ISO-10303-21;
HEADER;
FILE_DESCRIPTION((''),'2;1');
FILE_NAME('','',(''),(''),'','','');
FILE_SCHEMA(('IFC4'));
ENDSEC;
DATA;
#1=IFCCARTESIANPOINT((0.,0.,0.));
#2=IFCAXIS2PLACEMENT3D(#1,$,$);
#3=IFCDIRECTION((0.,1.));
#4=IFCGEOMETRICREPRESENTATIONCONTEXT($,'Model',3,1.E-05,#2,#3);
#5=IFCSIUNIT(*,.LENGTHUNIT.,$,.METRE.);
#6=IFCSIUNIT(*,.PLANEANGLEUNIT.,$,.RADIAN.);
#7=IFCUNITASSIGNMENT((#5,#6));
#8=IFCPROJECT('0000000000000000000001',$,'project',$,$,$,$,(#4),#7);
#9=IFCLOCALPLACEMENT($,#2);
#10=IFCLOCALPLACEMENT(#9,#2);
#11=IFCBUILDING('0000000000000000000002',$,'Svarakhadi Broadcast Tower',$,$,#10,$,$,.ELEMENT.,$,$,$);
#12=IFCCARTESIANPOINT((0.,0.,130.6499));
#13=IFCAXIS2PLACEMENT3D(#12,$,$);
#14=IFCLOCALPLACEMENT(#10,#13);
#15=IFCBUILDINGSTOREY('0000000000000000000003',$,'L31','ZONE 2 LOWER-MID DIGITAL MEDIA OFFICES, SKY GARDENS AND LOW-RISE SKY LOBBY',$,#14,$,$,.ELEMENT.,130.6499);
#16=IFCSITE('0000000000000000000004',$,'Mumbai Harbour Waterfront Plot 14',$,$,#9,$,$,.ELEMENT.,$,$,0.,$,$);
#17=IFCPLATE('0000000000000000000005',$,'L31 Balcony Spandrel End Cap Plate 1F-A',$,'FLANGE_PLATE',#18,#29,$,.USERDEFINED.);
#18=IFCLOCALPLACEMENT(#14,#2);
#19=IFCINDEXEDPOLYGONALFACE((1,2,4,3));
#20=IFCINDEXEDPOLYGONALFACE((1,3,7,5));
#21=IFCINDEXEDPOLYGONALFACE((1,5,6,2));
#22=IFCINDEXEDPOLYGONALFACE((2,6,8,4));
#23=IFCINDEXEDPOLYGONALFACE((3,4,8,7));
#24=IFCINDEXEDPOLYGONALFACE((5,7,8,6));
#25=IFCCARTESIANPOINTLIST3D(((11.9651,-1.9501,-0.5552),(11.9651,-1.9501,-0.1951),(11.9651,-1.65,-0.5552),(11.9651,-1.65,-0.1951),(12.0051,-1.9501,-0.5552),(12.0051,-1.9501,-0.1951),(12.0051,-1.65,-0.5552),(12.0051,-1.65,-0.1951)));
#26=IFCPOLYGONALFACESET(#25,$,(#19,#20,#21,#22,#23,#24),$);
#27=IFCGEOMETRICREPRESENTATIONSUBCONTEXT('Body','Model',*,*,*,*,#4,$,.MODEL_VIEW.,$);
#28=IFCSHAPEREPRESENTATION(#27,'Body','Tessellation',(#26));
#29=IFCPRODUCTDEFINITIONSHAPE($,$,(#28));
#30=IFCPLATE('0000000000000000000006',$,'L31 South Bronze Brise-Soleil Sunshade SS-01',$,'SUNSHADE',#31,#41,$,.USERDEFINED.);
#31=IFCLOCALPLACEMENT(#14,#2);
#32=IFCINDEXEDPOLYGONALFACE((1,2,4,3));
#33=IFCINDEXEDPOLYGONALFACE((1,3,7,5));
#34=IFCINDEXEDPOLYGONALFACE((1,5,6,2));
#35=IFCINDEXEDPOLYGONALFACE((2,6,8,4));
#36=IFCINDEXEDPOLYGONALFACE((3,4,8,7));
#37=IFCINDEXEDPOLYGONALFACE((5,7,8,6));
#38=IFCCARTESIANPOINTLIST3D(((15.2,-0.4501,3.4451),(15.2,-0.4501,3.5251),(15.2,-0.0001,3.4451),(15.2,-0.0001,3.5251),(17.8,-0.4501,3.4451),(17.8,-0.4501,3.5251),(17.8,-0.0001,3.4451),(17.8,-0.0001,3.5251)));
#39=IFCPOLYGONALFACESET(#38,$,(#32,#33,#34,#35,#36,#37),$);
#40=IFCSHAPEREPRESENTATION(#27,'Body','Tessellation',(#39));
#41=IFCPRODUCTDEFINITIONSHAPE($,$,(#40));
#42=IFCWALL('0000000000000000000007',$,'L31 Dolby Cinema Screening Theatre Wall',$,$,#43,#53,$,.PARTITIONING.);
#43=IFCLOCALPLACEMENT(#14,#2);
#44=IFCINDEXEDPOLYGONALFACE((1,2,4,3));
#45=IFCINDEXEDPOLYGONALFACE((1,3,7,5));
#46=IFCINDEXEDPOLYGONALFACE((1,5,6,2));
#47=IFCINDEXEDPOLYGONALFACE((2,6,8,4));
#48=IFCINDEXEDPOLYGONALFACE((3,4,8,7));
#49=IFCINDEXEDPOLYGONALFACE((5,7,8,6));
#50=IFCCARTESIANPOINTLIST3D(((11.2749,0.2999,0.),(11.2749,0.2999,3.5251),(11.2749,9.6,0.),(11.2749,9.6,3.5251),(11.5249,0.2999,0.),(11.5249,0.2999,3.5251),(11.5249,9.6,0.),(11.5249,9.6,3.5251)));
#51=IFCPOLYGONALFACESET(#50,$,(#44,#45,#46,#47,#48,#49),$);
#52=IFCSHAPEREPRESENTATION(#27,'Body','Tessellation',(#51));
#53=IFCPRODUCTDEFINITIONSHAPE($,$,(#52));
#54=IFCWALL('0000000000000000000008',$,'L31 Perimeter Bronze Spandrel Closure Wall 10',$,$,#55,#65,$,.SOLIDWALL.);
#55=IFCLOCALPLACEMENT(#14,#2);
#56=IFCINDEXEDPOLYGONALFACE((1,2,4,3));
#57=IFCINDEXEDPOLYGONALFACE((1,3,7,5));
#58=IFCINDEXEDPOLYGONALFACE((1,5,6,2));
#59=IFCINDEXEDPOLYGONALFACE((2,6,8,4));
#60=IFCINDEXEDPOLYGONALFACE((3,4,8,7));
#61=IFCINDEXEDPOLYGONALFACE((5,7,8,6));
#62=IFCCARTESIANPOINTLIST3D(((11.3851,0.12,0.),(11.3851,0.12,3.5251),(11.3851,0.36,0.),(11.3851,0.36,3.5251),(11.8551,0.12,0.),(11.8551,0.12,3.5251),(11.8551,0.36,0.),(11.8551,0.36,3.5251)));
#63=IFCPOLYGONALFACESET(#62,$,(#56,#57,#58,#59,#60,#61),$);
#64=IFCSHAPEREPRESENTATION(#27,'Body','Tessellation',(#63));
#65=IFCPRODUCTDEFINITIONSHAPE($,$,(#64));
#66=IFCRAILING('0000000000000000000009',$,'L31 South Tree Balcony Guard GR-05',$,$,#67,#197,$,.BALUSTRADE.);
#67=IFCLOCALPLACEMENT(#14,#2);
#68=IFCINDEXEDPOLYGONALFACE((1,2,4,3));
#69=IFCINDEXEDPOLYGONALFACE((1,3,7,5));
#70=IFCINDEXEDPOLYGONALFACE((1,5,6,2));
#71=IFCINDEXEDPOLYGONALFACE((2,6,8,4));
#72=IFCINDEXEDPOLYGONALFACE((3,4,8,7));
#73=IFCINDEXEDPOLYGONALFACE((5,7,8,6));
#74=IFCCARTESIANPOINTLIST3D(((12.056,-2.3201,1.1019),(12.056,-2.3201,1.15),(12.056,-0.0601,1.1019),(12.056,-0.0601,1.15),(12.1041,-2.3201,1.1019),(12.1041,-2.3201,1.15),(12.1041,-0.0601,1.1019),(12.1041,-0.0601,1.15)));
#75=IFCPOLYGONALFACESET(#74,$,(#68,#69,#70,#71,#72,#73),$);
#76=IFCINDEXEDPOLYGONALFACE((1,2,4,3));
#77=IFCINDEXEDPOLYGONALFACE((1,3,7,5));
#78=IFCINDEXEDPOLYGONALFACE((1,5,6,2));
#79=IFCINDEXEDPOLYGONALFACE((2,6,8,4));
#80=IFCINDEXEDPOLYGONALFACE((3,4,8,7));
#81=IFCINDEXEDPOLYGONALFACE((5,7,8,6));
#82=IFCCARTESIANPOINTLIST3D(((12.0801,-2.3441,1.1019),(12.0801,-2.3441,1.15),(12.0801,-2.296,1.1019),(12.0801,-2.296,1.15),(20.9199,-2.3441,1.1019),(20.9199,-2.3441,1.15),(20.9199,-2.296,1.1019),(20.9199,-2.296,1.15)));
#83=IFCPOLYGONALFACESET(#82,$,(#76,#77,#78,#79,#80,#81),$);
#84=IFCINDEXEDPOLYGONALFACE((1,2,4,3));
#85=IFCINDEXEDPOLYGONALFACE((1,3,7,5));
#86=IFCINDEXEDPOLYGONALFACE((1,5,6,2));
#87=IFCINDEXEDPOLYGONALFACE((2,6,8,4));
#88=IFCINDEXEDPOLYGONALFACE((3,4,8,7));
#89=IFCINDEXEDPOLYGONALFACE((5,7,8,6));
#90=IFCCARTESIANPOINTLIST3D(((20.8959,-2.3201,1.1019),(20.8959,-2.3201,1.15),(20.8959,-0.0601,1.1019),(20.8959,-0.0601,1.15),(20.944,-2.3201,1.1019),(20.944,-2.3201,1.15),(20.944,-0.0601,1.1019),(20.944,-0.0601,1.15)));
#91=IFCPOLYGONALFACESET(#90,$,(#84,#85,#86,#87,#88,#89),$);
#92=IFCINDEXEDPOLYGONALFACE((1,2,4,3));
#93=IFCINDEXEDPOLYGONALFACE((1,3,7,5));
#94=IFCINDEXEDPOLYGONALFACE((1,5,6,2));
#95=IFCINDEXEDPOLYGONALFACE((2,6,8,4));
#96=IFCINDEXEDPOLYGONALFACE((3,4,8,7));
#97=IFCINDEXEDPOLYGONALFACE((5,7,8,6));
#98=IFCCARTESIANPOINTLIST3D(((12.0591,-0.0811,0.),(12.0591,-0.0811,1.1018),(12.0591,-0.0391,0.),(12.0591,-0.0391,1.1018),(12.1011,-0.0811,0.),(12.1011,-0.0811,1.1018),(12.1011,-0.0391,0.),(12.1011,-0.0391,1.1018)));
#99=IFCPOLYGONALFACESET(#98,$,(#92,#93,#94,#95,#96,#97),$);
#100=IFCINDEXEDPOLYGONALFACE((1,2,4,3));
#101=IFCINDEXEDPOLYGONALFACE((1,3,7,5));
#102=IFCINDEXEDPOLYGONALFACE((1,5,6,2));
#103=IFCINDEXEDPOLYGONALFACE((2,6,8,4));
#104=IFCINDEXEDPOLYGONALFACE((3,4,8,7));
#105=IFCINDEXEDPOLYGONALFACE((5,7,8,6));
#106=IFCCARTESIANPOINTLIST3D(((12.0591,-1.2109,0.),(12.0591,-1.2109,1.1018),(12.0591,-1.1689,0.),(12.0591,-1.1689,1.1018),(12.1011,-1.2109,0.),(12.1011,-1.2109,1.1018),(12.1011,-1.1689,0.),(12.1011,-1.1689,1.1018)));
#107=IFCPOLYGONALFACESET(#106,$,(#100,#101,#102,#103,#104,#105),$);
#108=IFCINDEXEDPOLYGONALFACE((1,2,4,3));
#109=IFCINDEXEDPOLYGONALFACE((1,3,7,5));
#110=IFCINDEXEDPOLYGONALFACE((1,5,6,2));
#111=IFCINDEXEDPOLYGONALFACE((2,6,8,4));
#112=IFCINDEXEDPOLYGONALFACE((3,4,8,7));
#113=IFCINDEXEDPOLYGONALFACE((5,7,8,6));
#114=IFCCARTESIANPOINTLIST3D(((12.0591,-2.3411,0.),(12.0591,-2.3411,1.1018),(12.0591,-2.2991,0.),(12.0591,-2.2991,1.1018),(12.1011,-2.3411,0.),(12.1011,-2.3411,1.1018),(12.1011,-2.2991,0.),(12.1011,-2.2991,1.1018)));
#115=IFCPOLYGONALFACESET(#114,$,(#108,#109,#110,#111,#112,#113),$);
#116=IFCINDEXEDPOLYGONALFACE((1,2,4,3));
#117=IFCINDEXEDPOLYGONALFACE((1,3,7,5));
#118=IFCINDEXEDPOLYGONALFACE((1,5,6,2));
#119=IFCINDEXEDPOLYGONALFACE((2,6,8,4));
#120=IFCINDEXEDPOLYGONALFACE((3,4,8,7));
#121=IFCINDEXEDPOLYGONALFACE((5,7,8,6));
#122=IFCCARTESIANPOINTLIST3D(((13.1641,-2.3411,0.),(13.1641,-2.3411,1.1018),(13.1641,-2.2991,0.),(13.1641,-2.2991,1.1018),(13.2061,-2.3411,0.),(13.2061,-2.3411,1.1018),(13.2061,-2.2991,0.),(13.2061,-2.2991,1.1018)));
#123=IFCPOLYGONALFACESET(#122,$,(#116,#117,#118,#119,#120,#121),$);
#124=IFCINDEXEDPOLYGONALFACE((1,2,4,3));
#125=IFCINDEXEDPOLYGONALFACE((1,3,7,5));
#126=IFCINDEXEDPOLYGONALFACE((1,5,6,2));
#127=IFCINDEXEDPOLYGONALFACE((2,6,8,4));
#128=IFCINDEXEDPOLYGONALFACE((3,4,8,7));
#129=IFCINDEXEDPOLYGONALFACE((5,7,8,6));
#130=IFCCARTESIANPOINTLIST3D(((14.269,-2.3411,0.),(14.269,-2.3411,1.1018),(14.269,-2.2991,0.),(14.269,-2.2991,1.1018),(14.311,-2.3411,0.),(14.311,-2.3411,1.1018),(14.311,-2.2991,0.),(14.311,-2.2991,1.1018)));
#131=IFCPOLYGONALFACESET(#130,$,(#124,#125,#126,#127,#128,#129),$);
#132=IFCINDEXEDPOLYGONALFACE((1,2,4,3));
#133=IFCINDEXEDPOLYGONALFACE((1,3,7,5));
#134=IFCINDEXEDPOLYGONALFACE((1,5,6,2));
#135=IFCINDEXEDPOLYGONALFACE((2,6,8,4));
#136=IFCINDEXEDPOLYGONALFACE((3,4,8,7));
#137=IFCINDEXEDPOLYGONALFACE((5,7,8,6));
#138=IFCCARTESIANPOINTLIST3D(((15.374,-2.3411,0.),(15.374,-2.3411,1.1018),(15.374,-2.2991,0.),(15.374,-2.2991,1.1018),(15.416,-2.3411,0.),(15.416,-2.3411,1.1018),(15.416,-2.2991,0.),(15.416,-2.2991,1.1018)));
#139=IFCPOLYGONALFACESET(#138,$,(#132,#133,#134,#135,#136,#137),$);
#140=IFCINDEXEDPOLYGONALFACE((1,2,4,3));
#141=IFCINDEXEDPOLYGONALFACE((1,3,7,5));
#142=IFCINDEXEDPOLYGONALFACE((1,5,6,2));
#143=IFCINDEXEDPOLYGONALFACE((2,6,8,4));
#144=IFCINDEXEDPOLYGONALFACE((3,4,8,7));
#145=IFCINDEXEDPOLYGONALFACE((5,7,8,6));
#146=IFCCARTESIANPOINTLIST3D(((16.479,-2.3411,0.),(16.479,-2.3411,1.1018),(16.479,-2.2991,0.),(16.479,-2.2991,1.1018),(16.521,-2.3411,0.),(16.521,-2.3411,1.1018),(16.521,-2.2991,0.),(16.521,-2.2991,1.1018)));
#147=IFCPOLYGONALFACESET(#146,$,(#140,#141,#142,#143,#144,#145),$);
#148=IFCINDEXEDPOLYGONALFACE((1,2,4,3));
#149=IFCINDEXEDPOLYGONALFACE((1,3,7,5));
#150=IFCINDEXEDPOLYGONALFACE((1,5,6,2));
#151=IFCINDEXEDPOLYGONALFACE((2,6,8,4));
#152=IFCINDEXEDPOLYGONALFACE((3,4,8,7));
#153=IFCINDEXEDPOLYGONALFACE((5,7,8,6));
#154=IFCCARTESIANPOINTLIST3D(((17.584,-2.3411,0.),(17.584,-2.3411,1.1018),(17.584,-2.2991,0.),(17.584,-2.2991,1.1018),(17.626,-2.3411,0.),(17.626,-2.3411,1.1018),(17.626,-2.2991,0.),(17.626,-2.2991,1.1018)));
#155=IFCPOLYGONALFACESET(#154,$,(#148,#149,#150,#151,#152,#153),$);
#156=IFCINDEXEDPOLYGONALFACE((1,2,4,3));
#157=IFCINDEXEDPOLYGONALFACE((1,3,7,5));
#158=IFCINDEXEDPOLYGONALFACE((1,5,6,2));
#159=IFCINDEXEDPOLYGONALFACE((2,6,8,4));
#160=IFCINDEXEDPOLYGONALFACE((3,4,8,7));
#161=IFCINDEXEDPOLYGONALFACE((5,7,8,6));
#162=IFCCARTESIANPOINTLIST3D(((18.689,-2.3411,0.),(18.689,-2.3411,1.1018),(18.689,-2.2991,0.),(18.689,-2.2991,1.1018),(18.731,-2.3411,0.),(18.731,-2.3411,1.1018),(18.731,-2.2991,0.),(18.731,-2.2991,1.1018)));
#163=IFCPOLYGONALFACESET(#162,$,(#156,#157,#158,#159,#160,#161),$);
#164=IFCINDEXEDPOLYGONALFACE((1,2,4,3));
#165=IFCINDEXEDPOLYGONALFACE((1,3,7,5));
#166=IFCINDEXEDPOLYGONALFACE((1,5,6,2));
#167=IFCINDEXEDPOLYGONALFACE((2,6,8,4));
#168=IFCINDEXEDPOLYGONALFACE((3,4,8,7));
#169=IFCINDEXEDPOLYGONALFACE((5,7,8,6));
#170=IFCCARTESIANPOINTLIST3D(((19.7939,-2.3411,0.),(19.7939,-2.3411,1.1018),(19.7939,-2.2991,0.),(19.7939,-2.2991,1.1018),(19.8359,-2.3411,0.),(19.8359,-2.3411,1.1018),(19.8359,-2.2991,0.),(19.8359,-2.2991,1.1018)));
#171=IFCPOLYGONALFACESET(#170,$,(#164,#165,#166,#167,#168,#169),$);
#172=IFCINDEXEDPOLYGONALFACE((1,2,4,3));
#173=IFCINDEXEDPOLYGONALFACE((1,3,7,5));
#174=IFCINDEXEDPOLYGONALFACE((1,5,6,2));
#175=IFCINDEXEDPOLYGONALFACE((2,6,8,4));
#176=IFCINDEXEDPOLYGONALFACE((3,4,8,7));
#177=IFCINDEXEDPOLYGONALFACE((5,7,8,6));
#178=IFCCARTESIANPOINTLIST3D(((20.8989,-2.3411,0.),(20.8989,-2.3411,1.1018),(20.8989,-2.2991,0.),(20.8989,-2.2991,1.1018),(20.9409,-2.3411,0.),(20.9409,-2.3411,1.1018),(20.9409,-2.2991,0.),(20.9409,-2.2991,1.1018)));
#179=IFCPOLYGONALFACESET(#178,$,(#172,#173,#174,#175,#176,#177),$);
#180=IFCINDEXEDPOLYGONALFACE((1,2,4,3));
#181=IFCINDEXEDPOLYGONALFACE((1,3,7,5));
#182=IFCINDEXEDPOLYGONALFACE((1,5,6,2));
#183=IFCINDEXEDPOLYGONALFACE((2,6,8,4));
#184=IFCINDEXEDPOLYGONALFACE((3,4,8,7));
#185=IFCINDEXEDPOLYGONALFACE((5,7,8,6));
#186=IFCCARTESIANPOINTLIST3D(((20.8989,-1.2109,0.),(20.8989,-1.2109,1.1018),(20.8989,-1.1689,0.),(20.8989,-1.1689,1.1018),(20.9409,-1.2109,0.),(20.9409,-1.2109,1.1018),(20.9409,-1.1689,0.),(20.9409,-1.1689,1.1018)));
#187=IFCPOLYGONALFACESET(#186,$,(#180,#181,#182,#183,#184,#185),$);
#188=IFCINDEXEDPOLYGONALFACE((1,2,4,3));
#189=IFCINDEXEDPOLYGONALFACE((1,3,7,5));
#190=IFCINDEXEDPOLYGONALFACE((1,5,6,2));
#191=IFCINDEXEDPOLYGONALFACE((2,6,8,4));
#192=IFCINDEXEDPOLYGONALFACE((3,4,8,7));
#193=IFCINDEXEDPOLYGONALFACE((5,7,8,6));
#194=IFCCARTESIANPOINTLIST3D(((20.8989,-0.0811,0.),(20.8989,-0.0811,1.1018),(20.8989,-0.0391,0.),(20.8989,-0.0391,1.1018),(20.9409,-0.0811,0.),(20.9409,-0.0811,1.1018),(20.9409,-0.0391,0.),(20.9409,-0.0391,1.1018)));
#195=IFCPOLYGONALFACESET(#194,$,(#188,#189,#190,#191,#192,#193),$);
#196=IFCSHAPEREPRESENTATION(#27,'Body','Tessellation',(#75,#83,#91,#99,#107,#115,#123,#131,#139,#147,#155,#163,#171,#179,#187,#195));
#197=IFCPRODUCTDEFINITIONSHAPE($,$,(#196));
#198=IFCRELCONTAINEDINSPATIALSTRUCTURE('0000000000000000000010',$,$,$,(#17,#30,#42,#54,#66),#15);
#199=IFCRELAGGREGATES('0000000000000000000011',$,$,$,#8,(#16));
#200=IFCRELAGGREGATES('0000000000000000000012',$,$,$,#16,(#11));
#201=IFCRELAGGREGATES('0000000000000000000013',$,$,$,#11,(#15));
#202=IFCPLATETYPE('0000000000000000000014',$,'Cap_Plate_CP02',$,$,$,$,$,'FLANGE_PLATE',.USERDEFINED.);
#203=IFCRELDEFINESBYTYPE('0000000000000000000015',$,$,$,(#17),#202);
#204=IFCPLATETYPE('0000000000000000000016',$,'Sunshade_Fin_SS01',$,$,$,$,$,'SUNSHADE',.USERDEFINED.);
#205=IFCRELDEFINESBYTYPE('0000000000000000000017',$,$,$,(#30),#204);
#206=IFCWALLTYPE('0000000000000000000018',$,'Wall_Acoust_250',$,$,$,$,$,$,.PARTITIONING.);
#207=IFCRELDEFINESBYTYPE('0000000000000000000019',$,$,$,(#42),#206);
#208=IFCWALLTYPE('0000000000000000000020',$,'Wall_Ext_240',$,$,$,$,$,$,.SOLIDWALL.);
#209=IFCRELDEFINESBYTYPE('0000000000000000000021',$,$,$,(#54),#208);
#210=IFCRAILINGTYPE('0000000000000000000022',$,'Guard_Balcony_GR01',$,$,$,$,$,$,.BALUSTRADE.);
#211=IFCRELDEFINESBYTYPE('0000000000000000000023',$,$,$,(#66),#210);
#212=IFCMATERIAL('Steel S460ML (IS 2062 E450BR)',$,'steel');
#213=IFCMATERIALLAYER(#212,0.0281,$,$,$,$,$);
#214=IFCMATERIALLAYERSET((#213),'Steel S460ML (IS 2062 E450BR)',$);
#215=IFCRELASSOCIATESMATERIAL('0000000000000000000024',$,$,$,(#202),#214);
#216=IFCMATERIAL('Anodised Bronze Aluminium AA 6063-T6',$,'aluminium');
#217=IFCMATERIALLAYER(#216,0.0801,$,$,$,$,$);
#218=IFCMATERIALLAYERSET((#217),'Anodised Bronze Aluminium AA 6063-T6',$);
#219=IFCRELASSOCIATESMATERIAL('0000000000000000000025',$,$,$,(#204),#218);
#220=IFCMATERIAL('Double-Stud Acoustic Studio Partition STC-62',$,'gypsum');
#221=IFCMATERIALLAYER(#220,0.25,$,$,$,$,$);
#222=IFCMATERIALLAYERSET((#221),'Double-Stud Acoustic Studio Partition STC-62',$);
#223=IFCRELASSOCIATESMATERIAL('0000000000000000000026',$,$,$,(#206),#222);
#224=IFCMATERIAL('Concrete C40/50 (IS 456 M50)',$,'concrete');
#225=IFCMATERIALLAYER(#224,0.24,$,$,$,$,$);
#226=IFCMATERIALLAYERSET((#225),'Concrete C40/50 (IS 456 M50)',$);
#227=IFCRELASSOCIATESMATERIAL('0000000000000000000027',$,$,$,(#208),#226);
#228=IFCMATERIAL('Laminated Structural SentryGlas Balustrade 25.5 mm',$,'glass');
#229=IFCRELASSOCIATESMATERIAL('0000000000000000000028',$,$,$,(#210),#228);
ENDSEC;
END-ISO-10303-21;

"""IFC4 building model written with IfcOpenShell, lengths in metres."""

from ifc_helpers import new_model, si_unit, direction, frame, frame_2d, origin, origin_2d, place, context, subcontext, project, spatial, rectangle, extrude, material, layer, layer_set, type_object, element, save


model = new_model("IFC4")

# Units and contexts
model_context = context("Model", 3, precision=1e-05, world=origin(), true_north=direction((0.0, 1.0)))
body_context = subcontext(model_context, "Body", "Model", "MODEL_VIEW")
ifc_project = project(units=[si_unit("LENGTHUNIT", "METRE"), si_unit("PLANEANGLEUNIT", "RADIAN")], contexts=[model_context])

# Site, building, storey
site_placement = place(None, origin())
site = spatial("IfcSite", under=ifc_project, at=site_placement, Name="Mumbai Harbour Waterfront Plot 14", CompositionType="ELEMENT", RefElevation=0.0)
building_placement = place(site_placement, origin())
building = spatial("IfcBuilding", under=site, at=building_placement, Name="Svarakhadi Broadcast Tower", CompositionType="ELEMENT")
storey_placement = place(building_placement, frame((0.0, 0.0, 130.6499)))
storey = spatial("IfcBuildingStorey", under=building, at=storey_placement, Name="L31", Description="ZONE 2 LOWER-MID DIGITAL MEDIA OFFICES, SKY GARDENS AND LOW-RISE SKY LOBBY", CompositionType="ELEMENT", Elevation=130.6499)

# Shared definitions
ifc_material_1 = material(Name="Steel S460ML (IS 2062 E450BR)", Category="steel")

# Shared definitions
ifc_material_2 = material(Name="Anodised Bronze Aluminium AA 6063-T6", Category="aluminium")

# Plates
ifc_layer_1 = layer(ifc_material_1, 0.0281)
ifc_layer_set_1 = layer_set([ifc_layer_1], Name="Steel S460ML (IS 2062 E450BR)")
plate_type_1 = type_object("IfcPlateType", Name="Cap_Plate_CP02", ElementType="FLANGE_PLATE", PredefinedType="USERDEFINED", material=ifc_layer_set_1)
plate_1_placement = place(storey_placement, frame((11.9851, -1.8, -0.5552), z_axis=(0.0, 0.0, 1.0), x_axis=(1.0, 0.0, 0.0)))
element("IfcPlate", 1, at=plate_1_placement, inside=storey, type_object=plate_type_1, Name="L31 Balcony Spandrel End Cap Plate 1F-A", ObjectType="FLANGE_PLATE", PredefinedType="USERDEFINED", context=body_context, shape_type="SweptSolid", body=[
    extrude(rectangle(XDim=0.04, YDim=0.3, at=origin_2d()), origin(), (0.0, 0.0, 1.0), 0.3601),
])
ifc_layer_2 = layer(ifc_material_2, 0.0801)
ifc_layer_set_2 = layer_set([ifc_layer_2], Name="Anodised Bronze Aluminium AA 6063-T6")
plate_type_2 = type_object("IfcPlateType", Name="Sunshade_Fin_SS01", ElementType="SUNSHADE", PredefinedType="USERDEFINED", material=ifc_layer_set_2)
plate_2_placement = place(storey_placement, frame((16.5, -0.2251, 3.4451), z_axis=(0.0, 0.0, 1.0), x_axis=(1.0, 0.0, 0.0)))
element("IfcPlate", 2, at=plate_2_placement, inside=storey, type_object=plate_type_2, Name="L31 South Bronze Brise-Soleil Sunshade SS-01", ObjectType="SUNSHADE", PredefinedType="USERDEFINED", context=body_context, shape_type="SweptSolid", body=[
    extrude(rectangle(XDim=2.6001, YDim=0.45, at=origin_2d()), origin(), (0.0, 0.0, 1.0), 0.0801),
])

# Walls
ifc_material_3 = material(Name="Double-Stud Acoustic Studio Partition STC-62", Category="gypsum")
ifc_layer_3 = layer(ifc_material_3, 0.25)
ifc_layer_set_3 = layer_set([ifc_layer_3], Name="Double-Stud Acoustic Studio Partition STC-62")
wall_type_1 = type_object("IfcWallType", Name="Wall_Acoust_250", PredefinedType="PARTITIONING", material=ifc_layer_set_3)
wall_1_placement = place(storey_placement, frame((11.3999, 0.3, 0.0), z_axis=(0.0, 0.0, 1.0), x_axis=(0.0, 1.0, 0.0)))
element("IfcWall", 3, at=wall_1_placement, inside=storey, type_object=wall_type_1, Name="L31 Dolby Cinema Screening Theatre Wall", PredefinedType="PARTITIONING", context=body_context, shape_type="SweptSolid", body=[
    extrude(rectangle(XDim=9.3, YDim=0.25, at=frame_2d((4.6499, 0.0))), origin(), (0.0, 0.0, 1.0), 3.5251),
])
ifc_material_4 = material(Name="Concrete C40/50 (IS 456 M50)", Category="concrete")
ifc_layer_4 = layer(ifc_material_4, 0.24)
ifc_layer_set_4 = layer_set([ifc_layer_4], Name="Concrete C40/50 (IS 456 M50)")
wall_type_2 = type_object("IfcWallType", Name="Wall_Ext_240", PredefinedType="SOLIDWALL", material=ifc_layer_set_4)
wall_2_placement = place(storey_placement, frame((11.855, 0.24, 0.0), z_axis=(0.0, 0.0, 1.0), x_axis=(-1.0, 0.0, 0.0)))
element("IfcWall", 4, at=wall_2_placement, inside=storey, type_object=wall_type_2, Name="L31 Perimeter Bronze Spandrel Closure Wall 10", PredefinedType="SOLIDWALL", context=body_context, shape_type="SweptSolid", body=[
    extrude(rectangle(XDim=0.47, YDim=0.24, at=frame_2d((0.2349, 0.0))), origin(), (0.0, 0.0, 1.0), 3.5251),
])

# Railing
ifc_material_5 = material(Name="Laminated Structural SentryGlas Balustrade 25.5 mm", Category="glass")
railing_type = type_object("IfcRailingType", Name="Guard_Balcony_GR01", PredefinedType="BALUSTRADE", material=ifc_material_5)
railing_placement = place(storey_placement, frame((12.0801, -0.0601, 0.0)))
element("IfcRailing", 5, at=railing_placement, inside=storey, type_object=railing_type, Name="L31 South Tree Balcony Guard GR-05", PredefinedType="BALUSTRADE", context=body_context, shape_type="SweptSolid", body=[
    extrude(rectangle(XDim=0.0481, YDim=0.0481, at=origin_2d()), frame((0.0, 0.0, 1.126), z_axis=(0.0, -1.0, 0.0), x_axis=(1.0, 0.0, 0.0)), (0.0, 0.0, 1.0), 2.26),
    extrude(rectangle(XDim=0.0481, YDim=0.0481, at=origin_2d()), frame((0.0, -2.26, 1.126), z_axis=(1.0, 0.0, 0.0), x_axis=(0.0, 1.0, 0.0)), (0.0, 0.0, 1.0), 8.8398),
    extrude(rectangle(XDim=0.0481, YDim=0.0481, at=origin_2d()), frame((8.8398, -2.26, 1.126), z_axis=(0.0, 1.0, 0.0), x_axis=(-1.0, 0.0, 0.0)), (0.0, 0.0, 1.0), 2.26),
    extrude(rectangle(XDim=0.042, YDim=0.042, at=origin_2d()), origin(), (0.0, 0.0, 1.0), 1.1018),
    extrude(rectangle(XDim=0.042, YDim=0.042, at=origin_2d()), frame((0.0, -1.1299, 0.0)), (0.0, 0.0, 1.0), 1.1018),
    extrude(rectangle(XDim=0.042, YDim=0.042, at=origin_2d()), frame((0.0, -2.26, 0.0)), (0.0, 0.0, 1.0), 1.1018),
    extrude(rectangle(XDim=0.042, YDim=0.042, at=origin_2d()), frame((1.105, -2.26, 0.0)), (0.0, 0.0, 1.0), 1.1018),
    extrude(rectangle(XDim=0.042, YDim=0.042, at=origin_2d()), frame((2.21, -2.26, 0.0)), (0.0, 0.0, 1.0), 1.1018),
    extrude(rectangle(XDim=0.042, YDim=0.042, at=origin_2d()), frame((3.3149, -2.26, 0.0)), (0.0, 0.0, 1.0), 1.1018),
    extrude(rectangle(XDim=0.042, YDim=0.042, at=origin_2d()), frame((4.4199, -2.26, 0.0)), (0.0, 0.0, 1.0), 1.1018),
    extrude(rectangle(XDim=0.042, YDim=0.042, at=origin_2d()), frame((5.5249, -2.26, 0.0)), (0.0, 0.0, 1.0), 1.1018),
    extrude(rectangle(XDim=0.042, YDim=0.042, at=origin_2d()), frame((6.6299, -2.26, 0.0)), (0.0, 0.0, 1.0), 1.1018),
    extrude(rectangle(XDim=0.042, YDim=0.042, at=origin_2d()), frame((7.7349, -2.26, 0.0)), (0.0, 0.0, 1.0), 1.1018),
    extrude(rectangle(XDim=0.042, YDim=0.042, at=origin_2d()), frame((8.8398, -2.26, 0.0)), (0.0, 0.0, 1.0), 1.1018),
    extrude(rectangle(XDim=0.042, YDim=0.042, at=origin_2d()), frame((8.8398, -1.1299, 0.0)), (0.0, 0.0, 1.0), 1.1018),
    extrude(rectangle(XDim=0.042, YDim=0.042, at=origin_2d()), frame((8.8398, 0.0, 0.0)), (0.0, 0.0, 1.0), 1.1018),
])

save(model, "model.ifc")
